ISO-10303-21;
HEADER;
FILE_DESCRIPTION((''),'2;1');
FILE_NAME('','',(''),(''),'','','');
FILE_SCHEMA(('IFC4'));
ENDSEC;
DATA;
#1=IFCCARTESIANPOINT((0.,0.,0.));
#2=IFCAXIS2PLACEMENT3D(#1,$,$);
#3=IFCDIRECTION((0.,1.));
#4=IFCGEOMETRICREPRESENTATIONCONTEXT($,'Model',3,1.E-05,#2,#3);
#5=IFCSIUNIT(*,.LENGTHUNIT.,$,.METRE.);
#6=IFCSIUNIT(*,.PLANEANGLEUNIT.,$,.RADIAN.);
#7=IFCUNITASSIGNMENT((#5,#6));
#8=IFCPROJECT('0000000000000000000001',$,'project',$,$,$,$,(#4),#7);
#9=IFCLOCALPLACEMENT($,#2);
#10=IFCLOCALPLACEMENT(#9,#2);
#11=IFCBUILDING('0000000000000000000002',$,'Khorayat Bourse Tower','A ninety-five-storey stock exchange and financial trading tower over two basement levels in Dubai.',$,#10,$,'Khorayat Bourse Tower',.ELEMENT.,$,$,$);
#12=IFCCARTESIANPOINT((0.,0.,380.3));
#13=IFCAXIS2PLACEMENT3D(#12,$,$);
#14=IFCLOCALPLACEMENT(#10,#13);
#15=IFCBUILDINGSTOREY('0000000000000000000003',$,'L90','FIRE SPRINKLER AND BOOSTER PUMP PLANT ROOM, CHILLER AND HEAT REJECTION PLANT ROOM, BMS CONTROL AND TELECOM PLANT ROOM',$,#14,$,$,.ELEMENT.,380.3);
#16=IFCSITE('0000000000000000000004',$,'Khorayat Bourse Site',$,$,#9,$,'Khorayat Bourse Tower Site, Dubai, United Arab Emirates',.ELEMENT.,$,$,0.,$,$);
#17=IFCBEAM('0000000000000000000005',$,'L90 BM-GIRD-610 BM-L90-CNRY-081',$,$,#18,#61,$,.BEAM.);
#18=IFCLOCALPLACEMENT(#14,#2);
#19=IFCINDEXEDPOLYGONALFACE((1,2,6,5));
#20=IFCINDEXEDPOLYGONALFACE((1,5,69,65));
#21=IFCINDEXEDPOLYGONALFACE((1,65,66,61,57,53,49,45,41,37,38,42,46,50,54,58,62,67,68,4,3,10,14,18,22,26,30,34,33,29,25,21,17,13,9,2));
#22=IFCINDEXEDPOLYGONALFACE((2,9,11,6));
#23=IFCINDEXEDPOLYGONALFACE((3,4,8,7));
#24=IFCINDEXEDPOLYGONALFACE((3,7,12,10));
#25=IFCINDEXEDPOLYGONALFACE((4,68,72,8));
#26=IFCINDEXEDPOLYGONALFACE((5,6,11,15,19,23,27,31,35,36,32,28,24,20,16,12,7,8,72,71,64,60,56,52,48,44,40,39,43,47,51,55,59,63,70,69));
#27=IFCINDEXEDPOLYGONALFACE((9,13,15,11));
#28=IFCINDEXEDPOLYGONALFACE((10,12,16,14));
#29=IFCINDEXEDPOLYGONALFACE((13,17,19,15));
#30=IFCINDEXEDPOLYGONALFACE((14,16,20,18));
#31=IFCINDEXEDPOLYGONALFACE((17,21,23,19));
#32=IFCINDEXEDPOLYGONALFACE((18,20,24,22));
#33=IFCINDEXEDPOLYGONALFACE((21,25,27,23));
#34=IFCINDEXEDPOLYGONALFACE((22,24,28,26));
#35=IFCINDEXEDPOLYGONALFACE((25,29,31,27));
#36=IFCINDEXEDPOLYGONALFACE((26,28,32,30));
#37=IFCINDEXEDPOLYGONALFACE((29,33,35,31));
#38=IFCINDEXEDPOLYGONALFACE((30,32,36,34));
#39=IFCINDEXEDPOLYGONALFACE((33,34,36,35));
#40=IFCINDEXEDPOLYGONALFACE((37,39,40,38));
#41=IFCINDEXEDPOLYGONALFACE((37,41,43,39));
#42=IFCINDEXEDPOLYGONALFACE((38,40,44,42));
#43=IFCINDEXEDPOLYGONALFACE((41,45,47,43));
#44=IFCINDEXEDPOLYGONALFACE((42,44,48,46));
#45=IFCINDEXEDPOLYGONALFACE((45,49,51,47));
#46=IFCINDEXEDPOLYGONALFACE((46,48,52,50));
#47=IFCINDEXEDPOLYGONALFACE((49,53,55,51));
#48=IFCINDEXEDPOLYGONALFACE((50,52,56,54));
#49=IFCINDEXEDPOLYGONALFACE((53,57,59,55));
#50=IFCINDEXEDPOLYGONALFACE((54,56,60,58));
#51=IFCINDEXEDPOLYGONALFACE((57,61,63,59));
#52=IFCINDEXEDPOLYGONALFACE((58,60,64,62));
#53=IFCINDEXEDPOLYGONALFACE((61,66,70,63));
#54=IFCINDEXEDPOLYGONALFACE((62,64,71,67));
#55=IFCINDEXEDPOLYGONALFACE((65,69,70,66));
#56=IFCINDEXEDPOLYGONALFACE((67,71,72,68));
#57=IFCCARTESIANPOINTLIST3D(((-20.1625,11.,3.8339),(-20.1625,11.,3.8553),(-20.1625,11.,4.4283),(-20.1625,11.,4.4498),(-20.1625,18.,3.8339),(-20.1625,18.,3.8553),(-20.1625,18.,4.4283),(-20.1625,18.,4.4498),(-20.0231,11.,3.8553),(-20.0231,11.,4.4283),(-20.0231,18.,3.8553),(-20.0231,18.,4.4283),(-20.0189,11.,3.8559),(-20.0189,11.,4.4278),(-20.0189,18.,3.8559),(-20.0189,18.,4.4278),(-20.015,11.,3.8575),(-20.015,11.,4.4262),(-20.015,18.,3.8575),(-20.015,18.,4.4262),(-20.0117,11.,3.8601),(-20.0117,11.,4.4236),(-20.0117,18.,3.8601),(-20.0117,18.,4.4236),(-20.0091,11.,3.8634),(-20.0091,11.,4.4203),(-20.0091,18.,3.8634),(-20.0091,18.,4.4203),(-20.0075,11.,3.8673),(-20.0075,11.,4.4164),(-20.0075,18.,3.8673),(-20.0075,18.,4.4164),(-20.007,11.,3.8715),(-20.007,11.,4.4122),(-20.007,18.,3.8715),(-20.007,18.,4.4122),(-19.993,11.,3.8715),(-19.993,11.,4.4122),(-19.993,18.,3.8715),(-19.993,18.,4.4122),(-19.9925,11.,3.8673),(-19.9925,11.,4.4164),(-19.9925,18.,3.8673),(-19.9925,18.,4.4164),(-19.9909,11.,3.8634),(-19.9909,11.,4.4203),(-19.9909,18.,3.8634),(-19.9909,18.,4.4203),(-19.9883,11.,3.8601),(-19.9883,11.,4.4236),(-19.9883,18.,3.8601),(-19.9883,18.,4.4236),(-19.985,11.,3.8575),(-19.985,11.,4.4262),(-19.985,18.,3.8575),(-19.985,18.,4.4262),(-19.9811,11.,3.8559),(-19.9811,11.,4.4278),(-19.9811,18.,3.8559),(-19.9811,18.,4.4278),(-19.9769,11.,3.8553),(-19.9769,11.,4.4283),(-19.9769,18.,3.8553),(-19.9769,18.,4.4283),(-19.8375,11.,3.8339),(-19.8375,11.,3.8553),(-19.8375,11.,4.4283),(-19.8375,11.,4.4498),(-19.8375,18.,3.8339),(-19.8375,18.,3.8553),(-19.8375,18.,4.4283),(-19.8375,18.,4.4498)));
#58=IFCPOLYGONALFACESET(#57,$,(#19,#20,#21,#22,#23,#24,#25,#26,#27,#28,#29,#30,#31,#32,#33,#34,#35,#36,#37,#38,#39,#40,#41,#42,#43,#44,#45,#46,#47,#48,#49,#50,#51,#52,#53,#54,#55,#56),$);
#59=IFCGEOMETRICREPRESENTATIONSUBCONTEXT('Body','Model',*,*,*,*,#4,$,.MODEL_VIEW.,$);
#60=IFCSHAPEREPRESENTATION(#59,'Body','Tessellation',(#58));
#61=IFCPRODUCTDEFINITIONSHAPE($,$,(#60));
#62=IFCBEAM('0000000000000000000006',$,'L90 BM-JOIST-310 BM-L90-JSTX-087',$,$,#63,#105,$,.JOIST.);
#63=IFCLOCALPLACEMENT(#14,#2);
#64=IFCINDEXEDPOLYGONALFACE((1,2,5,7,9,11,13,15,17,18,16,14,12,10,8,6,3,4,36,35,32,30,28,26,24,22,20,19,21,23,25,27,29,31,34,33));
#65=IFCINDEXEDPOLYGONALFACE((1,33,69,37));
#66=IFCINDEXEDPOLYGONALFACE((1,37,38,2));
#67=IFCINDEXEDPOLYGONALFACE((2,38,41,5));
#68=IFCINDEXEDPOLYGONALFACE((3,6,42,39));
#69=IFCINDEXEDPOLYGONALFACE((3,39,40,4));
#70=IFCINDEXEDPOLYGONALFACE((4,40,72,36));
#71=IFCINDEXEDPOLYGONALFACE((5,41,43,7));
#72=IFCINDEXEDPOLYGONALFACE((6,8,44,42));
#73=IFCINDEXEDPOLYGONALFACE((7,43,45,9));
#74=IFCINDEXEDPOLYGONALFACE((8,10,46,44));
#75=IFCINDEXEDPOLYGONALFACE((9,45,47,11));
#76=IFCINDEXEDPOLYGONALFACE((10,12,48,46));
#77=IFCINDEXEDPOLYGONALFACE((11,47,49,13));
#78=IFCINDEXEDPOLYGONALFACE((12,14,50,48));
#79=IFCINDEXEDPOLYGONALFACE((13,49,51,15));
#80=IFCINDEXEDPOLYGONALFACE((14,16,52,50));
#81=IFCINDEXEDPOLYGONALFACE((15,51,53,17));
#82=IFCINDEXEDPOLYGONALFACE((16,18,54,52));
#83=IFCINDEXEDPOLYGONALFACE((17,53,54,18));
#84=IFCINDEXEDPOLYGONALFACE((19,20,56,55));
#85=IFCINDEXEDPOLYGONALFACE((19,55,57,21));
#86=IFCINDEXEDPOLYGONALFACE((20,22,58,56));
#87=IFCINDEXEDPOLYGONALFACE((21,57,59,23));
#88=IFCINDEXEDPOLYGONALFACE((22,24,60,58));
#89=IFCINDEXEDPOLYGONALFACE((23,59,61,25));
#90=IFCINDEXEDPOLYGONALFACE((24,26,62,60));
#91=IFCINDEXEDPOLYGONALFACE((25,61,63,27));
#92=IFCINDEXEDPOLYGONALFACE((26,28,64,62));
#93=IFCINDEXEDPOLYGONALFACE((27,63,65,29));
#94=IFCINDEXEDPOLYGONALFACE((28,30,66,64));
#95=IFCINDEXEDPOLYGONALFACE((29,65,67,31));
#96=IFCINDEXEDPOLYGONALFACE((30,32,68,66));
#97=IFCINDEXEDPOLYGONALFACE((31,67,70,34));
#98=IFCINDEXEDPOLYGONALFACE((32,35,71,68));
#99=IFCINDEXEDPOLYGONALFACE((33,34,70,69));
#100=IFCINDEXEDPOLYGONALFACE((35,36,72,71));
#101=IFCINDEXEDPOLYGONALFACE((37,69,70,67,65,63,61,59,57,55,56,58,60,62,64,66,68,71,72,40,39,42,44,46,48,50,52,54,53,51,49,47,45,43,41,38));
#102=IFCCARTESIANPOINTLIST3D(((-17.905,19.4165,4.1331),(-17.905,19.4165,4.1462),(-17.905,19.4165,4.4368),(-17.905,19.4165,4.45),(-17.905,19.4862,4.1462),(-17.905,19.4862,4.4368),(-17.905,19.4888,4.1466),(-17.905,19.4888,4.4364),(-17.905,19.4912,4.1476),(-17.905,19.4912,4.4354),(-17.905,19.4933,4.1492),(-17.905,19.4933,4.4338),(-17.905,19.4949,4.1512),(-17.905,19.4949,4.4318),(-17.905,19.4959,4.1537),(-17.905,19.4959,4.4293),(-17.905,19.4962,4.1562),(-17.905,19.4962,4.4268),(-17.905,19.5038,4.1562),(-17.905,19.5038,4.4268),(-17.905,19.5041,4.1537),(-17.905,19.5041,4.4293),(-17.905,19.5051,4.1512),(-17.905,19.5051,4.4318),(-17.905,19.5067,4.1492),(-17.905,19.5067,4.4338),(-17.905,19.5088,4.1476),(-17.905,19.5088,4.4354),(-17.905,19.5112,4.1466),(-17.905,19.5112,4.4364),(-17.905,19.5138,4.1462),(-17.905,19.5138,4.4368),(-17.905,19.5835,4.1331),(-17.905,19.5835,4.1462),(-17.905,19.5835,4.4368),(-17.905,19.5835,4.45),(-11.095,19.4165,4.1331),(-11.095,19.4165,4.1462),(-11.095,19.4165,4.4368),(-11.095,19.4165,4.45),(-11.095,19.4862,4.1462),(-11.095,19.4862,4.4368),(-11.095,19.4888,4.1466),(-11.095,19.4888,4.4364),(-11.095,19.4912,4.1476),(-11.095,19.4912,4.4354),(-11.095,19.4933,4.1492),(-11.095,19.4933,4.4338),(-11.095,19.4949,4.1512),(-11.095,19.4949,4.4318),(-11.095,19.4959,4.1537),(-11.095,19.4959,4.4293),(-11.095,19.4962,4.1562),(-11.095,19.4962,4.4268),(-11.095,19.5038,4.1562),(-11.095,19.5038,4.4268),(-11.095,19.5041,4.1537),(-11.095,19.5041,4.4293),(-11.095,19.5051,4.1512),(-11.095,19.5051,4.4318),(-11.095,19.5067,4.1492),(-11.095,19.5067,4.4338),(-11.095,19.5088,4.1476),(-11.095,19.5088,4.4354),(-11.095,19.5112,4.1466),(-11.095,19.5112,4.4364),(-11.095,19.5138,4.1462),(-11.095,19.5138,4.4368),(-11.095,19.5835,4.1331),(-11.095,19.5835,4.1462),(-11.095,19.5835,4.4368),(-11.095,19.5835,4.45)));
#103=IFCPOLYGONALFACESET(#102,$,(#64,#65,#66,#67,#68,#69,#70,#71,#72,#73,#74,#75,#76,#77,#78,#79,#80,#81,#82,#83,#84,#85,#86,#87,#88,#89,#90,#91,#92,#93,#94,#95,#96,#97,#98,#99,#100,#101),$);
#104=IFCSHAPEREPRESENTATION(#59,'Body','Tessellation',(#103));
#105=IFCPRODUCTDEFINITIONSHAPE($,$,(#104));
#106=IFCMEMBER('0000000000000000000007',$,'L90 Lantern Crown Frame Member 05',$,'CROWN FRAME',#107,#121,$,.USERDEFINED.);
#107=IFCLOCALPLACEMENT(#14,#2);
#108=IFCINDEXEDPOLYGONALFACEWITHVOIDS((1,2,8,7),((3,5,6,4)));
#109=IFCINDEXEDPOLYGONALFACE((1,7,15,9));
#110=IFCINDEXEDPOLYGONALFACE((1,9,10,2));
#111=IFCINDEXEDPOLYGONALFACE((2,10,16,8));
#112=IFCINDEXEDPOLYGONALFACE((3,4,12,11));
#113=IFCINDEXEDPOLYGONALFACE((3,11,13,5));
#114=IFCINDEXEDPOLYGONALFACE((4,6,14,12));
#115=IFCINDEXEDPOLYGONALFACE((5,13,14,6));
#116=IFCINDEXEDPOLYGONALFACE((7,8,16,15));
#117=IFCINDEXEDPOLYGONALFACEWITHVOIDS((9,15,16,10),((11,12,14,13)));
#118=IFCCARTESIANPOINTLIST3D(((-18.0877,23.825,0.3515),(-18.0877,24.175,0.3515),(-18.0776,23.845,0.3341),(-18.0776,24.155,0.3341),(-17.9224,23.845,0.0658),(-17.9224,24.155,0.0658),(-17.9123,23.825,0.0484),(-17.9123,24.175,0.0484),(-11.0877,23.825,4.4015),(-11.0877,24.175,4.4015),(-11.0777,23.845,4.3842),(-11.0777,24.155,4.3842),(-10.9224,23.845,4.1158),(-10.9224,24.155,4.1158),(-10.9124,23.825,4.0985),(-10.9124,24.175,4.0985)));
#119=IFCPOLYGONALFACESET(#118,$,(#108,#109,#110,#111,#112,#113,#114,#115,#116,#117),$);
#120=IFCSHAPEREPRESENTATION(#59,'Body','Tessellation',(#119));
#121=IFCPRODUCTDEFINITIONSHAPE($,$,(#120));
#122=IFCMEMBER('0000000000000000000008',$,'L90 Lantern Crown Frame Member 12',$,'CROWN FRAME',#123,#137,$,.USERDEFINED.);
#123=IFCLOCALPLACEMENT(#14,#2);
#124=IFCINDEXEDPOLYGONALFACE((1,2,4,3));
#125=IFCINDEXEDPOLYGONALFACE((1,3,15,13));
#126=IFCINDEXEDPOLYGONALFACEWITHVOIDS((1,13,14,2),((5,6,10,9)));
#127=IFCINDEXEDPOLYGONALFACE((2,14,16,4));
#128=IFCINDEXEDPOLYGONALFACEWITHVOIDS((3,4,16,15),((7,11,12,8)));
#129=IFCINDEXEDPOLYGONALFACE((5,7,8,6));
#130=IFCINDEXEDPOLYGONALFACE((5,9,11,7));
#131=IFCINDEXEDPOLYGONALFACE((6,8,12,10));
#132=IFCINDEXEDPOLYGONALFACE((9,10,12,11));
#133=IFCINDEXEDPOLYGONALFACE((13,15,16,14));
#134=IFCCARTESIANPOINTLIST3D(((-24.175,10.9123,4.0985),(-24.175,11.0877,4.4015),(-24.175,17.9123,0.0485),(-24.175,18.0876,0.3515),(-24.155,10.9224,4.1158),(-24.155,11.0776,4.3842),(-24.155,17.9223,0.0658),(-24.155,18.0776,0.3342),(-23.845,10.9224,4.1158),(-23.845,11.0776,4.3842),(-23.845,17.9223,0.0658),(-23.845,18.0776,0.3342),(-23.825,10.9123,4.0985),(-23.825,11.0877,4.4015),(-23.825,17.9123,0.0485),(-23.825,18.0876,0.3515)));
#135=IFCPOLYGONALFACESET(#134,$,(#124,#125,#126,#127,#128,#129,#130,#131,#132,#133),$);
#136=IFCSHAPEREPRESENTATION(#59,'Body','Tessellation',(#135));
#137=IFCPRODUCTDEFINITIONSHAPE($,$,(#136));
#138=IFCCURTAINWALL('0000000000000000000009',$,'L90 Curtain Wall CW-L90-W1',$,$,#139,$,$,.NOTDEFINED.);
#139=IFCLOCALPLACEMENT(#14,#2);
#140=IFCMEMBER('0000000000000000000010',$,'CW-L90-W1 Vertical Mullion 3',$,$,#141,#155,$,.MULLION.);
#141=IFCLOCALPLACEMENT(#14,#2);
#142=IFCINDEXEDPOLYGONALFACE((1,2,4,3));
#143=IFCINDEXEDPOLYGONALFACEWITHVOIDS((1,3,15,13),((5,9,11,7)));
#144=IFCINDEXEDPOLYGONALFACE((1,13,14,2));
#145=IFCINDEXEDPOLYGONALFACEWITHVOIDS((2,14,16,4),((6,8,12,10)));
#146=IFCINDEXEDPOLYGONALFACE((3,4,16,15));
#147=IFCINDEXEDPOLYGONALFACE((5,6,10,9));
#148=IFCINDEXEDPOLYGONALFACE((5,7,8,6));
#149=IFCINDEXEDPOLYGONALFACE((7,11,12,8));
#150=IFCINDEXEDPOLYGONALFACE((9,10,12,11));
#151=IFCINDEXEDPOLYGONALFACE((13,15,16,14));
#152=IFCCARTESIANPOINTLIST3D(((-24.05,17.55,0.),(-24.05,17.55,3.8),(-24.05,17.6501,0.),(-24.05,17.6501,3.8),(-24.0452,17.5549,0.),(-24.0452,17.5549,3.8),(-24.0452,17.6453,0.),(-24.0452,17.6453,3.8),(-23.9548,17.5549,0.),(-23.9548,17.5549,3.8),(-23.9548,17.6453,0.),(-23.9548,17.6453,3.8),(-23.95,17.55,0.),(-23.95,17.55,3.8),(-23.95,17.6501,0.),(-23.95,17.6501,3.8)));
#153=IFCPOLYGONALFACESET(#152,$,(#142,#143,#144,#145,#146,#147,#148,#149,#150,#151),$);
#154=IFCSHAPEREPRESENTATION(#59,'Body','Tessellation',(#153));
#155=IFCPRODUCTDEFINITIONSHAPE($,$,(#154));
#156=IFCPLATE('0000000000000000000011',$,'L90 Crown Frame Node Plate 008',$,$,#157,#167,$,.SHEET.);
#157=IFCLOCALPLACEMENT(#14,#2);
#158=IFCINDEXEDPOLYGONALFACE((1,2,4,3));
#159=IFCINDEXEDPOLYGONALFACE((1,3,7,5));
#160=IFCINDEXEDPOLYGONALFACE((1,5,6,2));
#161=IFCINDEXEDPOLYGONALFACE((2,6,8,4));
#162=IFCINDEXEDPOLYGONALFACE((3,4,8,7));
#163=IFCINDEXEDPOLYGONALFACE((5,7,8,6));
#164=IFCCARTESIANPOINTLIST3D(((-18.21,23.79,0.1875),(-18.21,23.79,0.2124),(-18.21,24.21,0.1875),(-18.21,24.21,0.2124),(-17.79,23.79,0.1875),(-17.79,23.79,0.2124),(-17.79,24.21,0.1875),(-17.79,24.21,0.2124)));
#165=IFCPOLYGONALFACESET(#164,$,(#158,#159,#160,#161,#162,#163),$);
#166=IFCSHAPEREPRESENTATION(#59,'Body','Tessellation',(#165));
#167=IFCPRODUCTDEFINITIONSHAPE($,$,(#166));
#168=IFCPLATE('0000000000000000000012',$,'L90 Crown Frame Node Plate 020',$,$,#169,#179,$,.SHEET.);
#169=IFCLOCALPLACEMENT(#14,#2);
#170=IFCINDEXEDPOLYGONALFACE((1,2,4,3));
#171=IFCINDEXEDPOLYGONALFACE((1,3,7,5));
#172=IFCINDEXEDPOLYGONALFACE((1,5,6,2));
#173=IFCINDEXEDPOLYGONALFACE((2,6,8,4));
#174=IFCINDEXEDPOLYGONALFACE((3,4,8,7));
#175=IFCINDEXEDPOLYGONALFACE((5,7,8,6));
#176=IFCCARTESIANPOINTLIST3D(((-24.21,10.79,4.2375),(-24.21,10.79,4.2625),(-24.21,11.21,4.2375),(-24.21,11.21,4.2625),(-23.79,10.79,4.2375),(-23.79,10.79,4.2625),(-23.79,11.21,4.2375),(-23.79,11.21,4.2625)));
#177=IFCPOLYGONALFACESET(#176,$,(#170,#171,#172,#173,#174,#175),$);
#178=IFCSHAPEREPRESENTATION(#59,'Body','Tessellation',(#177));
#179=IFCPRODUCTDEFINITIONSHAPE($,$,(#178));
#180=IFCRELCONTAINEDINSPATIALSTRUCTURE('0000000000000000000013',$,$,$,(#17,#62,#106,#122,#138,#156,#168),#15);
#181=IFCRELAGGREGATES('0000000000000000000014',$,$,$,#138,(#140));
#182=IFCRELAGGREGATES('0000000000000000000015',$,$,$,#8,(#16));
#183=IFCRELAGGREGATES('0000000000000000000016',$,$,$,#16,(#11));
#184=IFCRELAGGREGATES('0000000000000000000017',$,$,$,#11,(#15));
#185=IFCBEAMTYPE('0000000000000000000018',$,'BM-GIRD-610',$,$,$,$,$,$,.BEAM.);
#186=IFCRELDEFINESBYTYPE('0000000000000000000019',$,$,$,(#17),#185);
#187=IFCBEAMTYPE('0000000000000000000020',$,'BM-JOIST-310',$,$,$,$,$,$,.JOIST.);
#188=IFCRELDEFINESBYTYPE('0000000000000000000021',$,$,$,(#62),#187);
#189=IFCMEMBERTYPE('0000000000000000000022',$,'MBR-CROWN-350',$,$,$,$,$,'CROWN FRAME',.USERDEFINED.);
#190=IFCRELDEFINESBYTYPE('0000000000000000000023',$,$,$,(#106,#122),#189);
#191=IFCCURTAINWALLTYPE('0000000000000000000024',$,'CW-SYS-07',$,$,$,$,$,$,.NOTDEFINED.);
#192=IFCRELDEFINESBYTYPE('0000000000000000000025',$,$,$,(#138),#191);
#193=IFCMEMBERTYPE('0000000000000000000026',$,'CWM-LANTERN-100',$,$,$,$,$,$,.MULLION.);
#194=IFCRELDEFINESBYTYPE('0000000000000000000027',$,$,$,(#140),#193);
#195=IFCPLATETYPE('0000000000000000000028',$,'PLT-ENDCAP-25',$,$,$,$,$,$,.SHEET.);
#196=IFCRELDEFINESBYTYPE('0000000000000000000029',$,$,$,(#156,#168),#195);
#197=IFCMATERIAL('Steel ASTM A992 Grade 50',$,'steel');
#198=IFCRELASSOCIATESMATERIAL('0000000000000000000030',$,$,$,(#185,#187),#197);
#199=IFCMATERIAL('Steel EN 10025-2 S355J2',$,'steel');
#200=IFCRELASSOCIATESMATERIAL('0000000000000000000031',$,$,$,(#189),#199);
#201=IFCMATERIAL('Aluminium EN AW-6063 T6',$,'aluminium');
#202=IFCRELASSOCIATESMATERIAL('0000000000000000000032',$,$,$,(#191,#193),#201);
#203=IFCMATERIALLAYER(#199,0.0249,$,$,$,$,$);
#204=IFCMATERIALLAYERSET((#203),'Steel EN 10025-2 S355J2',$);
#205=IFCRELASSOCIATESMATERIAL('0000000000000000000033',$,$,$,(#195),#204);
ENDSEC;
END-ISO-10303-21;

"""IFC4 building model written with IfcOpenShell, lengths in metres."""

from ifc_helpers import new_model, si_unit, direction, frame, origin, origin_2d, place, context, subcontext, project, spatial, rectangle, hollow_rectangle, i_section, extrude, source, transform, mapped, material, layer, layer_set, material_profile, profile_set, type_object, element, aggregate, save


model = new_model("IFC4")

# Units and contexts
model_context = context("Model", 3, precision=1e-05, world=origin(), true_north=direction((0.0, 1.0)))
body_context = subcontext(model_context, "Body", "Model", "MODEL_VIEW")
ifc_project = project(units=[si_unit("LENGTHUNIT", "METRE"), si_unit("PLANEANGLEUNIT", "RADIAN")], contexts=[model_context])

# Site, building, storey
site_placement = place(None, origin())
site = spatial("IfcSite", under=ifc_project, at=site_placement, Name="Khorayat Bourse Site", LongName="Khorayat Bourse Tower Site, Dubai, United Arab Emirates", CompositionType="ELEMENT", RefElevation=0.0)
building_placement = place(site_placement, origin())
building = spatial("IfcBuilding", under=site, at=building_placement, Name="Khorayat Bourse Tower", Description="A ninety-five-storey stock exchange and financial trading tower over two basement levels in Dubai.", LongName="Khorayat Bourse Tower", CompositionType="ELEMENT")
storey_placement = place(building_placement, frame((0.0, 0.0, 380.3)))
storey = spatial("IfcBuildingStorey", under=building, at=storey_placement, Name="L90", Description="FIRE SPRINKLER AND BOOSTER PUMP PLANT ROOM, CHILLER AND HEAT REJECTION PLANT ROOM, BMS CONTROL AND TELECOM PLANT ROOM", CompositionType="ELEMENT", Elevation=380.3)

# Shared definitions
ifc_material_1 = material(Name="Steel EN 10025-2 S355J2", Category="steel")

# Beams
ifc_material_2 = material(Name="Steel ASTM A992 Grade 50", Category="steel")
ifc_material_profile_1 = material_profile(ifc_material_2, i_section(OverallWidth=0.325, OverallDepth=0.616, WebThickness=0.0139, FlangeThickness=0.0215, FilletRadius=0.0161, at=origin_2d()), Name="W610X174")
ifc_profile_set_1 = profile_set([ifc_material_profile_1], Name="Steel ASTM A992 Grade 50")
beam_type_1 = type_object("IfcBeamType", Name="BM-GIRD-610", PredefinedType="BEAM", material=ifc_profile_set_1)
shared_shape_1 = source(origin(), body_context, "Body", "SweptSolid", [
    extrude(i_section(OverallWidth=0.325, OverallDepth=0.616, WebThickness=0.0139, FlangeThickness=0.0215, FilletRadius=0.0161, at=origin_2d()), origin(), (0.0, 0.0, 1.0), 7.0),
])
for number, where, z_axis, x_axis, name in (
    (1, (-20.0, 11.0, 4.1418), (0.0, 1.0, 0.0), (-1.0, 0.0, 0.0), "L90 BM-GIRD-610 BM-L90-CNRY-081"),
):
    element("IfcBeam", number, at=place(storey_placement, frame(where, z_axis=z_axis, x_axis=x_axis)), inside=storey, type_object=beam_type_1, Name=name, PredefinedType="BEAM", context=body_context, shape_type="MappedRepresentation", body=[
        mapped(shared_shape_1, transform((0.0, 0.0, 0.0), scale=1.0)),
    ])
ifc_material_profile_2 = material_profile(ifc_material_2, i_section(OverallWidth=0.167, OverallDepth=0.3169, WebThickness=0.0076, FlangeThickness=0.0132, FilletRadius=0.01, at=origin_2d()), Name="W310X52")
ifc_profile_set_2 = profile_set([ifc_material_profile_2], Name="Steel ASTM A992 Grade 50")
beam_type_2 = type_object("IfcBeamType", Name="BM-JOIST-310", PredefinedType="JOIST", material=ifc_profile_set_2)
shared_shape_2 = source(origin(), body_context, "Body", "SweptSolid", [
    extrude(i_section(OverallWidth=0.167, OverallDepth=0.3169, WebThickness=0.0076, FlangeThickness=0.0132, FilletRadius=0.01, at=origin_2d()), origin(), (0.0, 0.0, 1.0), 6.8101),
])
beam_1_placement = place(storey_placement, frame((-17.905, 19.5, 4.2915), z_axis=(1.0, 0.0, 0.0), x_axis=(0.0, 1.0, 0.0)))
element("IfcBeam", 2, at=beam_1_placement, inside=storey, type_object=beam_type_2, Name="L90 BM-JOIST-310 BM-L90-JSTX-087", PredefinedType="JOIST", context=body_context, shape_type="MappedRepresentation", body=[
    mapped(shared_shape_2, transform((0.0, 0.0, 0.0), scale=1.0)),
])

# Members
ifc_material_profile_3 = material_profile(ifc_material_1, hollow_rectangle(XDim=0.3501, YDim=0.3501, WallThickness=0.02, at=origin_2d()), Name="HSS 350x350x20")
ifc_profile_set_3 = profile_set([ifc_material_profile_3], Name="Steel EN 10025-2 S355J2")
member_type_1 = type_object("IfcMemberType", Name="MBR-CROWN-350", ElementType="CROWN FRAME", PredefinedType="USERDEFINED", material=ifc_profile_set_3)
shared_shape_3 = source(origin(), body_context, "Body", "SweptSolid", [
    extrude(hollow_rectangle(XDim=0.3501, YDim=0.3501, WallThickness=0.02, at=origin_2d()), origin(), (0.0, 0.0, 1.0), 8.0872),
])
for number, where, z_axis, x_axis, name in (
    (3, (-18.0, 24.0, 0.2), (0.865565, 0.0, 0.500797), (0.0, 1.0, 0.0), "L90 Lantern Crown Frame Member 05"),
    (4, (-24.0, 11.0, 4.25), (0.0, 0.865565, -0.500797), (-1.0, 0.0, 0.0), "L90 Lantern Crown Frame Member 12"),
):
    element("IfcMember", number, at=place(storey_placement, frame(where, z_axis=z_axis, x_axis=x_axis)), inside=storey, type_object=member_type_1, Name=name, ObjectType="CROWN FRAME", PredefinedType="USERDEFINED", context=body_context, shape_type="MappedRepresentation", body=[
        mapped(shared_shape_3, transform((0.0, 0.0, 0.0), scale=1.0)),
    ])

# Curtain wall, member
ifc_material_3 = material(Name="Aluminium EN AW-6063 T6", Category="aluminium")
curtain_wall_type = type_object("IfcCurtainWallType", Name="CW-SYS-07", PredefinedType="NOTDEFINED", material=ifc_material_3)
curtain_wall_placement = place(storey_placement, origin())
curtain_wall = element("IfcCurtainWall", 5, at=curtain_wall_placement, inside=storey, type_object=curtain_wall_type, Name="L90 Curtain Wall CW-L90-W1", PredefinedType="NOTDEFINED")
ifc_material_profile_4 = material_profile(ifc_material_3, hollow_rectangle(XDim=0.1001, YDim=0.1001, WallThickness=0.0049, at=origin_2d()), Name="ALU 100x100x5")
ifc_profile_set_4 = profile_set([ifc_material_profile_4], Name="Aluminium EN AW-6063 T6")
member_type_2 = type_object("IfcMemberType", Name="CWM-LANTERN-100", PredefinedType="MULLION", material=ifc_profile_set_4)
shared_shape_4 = source(origin(), body_context, "Body", "SweptSolid", [
    extrude(hollow_rectangle(XDim=0.1001, YDim=0.1001, WallThickness=0.0049, at=origin_2d()), origin(), (0.0, 0.0, 1.0), 3.8),
])
member_placement = place(storey_placement, frame((-24.0, 17.6001, 0.0), z_axis=(0.0, 0.0, 1.0), x_axis=(-1.0, 0.0, 0.0)))
member = element("IfcMember", 6, at=member_placement, type_object=member_type_2, Name="CW-L90-W1 Vertical Mullion 3", PredefinedType="MULLION", context=body_context, shape_type="MappedRepresentation", body=[
    mapped(shared_shape_4, transform((0.0, 0.0, 0.0), scale=1.0)),
])
aggregate(curtain_wall, [member])

# Plates
ifc_layer_1 = layer(ifc_material_1, 0.0249)
ifc_layer_set_1 = layer_set([ifc_layer_1], Name="Steel EN 10025-2 S355J2")
plate_type = type_object("IfcPlateType", Name="PLT-ENDCAP-25", PredefinedType="SHEET", material=ifc_layer_set_1)
shared_shape_5 = source(origin(), body_context, "Body", "SweptSolid", [
    extrude(rectangle(XDim=0.4199, YDim=0.4199, at=origin_2d()), origin(), (0.0, 0.0, 1.0), 0.0249),
])
for number, where, z_axis, x_axis, name in (
    (7, (-18.0, 24.0, 0.1875), (0.0, 0.0, 1.0), (1.0, 0.0, 0.0), "L90 Crown Frame Node Plate 008"),
    (8, (-24.0, 11.0, 4.2375), (0.0, 0.0, 1.0), (1.0, 0.0, 0.0), "L90 Crown Frame Node Plate 020"),
):
    element("IfcPlate", number, at=place(storey_placement, frame(where, z_axis=z_axis, x_axis=x_axis)), inside=storey, type_object=plate_type, Name=name, PredefinedType="SHEET", context=body_context, shape_type="MappedRepresentation", body=[
        mapped(shared_shape_5, transform((0.0, 0.0, 0.0), scale=1.0)),
    ])

save(model, "model.ifc")
